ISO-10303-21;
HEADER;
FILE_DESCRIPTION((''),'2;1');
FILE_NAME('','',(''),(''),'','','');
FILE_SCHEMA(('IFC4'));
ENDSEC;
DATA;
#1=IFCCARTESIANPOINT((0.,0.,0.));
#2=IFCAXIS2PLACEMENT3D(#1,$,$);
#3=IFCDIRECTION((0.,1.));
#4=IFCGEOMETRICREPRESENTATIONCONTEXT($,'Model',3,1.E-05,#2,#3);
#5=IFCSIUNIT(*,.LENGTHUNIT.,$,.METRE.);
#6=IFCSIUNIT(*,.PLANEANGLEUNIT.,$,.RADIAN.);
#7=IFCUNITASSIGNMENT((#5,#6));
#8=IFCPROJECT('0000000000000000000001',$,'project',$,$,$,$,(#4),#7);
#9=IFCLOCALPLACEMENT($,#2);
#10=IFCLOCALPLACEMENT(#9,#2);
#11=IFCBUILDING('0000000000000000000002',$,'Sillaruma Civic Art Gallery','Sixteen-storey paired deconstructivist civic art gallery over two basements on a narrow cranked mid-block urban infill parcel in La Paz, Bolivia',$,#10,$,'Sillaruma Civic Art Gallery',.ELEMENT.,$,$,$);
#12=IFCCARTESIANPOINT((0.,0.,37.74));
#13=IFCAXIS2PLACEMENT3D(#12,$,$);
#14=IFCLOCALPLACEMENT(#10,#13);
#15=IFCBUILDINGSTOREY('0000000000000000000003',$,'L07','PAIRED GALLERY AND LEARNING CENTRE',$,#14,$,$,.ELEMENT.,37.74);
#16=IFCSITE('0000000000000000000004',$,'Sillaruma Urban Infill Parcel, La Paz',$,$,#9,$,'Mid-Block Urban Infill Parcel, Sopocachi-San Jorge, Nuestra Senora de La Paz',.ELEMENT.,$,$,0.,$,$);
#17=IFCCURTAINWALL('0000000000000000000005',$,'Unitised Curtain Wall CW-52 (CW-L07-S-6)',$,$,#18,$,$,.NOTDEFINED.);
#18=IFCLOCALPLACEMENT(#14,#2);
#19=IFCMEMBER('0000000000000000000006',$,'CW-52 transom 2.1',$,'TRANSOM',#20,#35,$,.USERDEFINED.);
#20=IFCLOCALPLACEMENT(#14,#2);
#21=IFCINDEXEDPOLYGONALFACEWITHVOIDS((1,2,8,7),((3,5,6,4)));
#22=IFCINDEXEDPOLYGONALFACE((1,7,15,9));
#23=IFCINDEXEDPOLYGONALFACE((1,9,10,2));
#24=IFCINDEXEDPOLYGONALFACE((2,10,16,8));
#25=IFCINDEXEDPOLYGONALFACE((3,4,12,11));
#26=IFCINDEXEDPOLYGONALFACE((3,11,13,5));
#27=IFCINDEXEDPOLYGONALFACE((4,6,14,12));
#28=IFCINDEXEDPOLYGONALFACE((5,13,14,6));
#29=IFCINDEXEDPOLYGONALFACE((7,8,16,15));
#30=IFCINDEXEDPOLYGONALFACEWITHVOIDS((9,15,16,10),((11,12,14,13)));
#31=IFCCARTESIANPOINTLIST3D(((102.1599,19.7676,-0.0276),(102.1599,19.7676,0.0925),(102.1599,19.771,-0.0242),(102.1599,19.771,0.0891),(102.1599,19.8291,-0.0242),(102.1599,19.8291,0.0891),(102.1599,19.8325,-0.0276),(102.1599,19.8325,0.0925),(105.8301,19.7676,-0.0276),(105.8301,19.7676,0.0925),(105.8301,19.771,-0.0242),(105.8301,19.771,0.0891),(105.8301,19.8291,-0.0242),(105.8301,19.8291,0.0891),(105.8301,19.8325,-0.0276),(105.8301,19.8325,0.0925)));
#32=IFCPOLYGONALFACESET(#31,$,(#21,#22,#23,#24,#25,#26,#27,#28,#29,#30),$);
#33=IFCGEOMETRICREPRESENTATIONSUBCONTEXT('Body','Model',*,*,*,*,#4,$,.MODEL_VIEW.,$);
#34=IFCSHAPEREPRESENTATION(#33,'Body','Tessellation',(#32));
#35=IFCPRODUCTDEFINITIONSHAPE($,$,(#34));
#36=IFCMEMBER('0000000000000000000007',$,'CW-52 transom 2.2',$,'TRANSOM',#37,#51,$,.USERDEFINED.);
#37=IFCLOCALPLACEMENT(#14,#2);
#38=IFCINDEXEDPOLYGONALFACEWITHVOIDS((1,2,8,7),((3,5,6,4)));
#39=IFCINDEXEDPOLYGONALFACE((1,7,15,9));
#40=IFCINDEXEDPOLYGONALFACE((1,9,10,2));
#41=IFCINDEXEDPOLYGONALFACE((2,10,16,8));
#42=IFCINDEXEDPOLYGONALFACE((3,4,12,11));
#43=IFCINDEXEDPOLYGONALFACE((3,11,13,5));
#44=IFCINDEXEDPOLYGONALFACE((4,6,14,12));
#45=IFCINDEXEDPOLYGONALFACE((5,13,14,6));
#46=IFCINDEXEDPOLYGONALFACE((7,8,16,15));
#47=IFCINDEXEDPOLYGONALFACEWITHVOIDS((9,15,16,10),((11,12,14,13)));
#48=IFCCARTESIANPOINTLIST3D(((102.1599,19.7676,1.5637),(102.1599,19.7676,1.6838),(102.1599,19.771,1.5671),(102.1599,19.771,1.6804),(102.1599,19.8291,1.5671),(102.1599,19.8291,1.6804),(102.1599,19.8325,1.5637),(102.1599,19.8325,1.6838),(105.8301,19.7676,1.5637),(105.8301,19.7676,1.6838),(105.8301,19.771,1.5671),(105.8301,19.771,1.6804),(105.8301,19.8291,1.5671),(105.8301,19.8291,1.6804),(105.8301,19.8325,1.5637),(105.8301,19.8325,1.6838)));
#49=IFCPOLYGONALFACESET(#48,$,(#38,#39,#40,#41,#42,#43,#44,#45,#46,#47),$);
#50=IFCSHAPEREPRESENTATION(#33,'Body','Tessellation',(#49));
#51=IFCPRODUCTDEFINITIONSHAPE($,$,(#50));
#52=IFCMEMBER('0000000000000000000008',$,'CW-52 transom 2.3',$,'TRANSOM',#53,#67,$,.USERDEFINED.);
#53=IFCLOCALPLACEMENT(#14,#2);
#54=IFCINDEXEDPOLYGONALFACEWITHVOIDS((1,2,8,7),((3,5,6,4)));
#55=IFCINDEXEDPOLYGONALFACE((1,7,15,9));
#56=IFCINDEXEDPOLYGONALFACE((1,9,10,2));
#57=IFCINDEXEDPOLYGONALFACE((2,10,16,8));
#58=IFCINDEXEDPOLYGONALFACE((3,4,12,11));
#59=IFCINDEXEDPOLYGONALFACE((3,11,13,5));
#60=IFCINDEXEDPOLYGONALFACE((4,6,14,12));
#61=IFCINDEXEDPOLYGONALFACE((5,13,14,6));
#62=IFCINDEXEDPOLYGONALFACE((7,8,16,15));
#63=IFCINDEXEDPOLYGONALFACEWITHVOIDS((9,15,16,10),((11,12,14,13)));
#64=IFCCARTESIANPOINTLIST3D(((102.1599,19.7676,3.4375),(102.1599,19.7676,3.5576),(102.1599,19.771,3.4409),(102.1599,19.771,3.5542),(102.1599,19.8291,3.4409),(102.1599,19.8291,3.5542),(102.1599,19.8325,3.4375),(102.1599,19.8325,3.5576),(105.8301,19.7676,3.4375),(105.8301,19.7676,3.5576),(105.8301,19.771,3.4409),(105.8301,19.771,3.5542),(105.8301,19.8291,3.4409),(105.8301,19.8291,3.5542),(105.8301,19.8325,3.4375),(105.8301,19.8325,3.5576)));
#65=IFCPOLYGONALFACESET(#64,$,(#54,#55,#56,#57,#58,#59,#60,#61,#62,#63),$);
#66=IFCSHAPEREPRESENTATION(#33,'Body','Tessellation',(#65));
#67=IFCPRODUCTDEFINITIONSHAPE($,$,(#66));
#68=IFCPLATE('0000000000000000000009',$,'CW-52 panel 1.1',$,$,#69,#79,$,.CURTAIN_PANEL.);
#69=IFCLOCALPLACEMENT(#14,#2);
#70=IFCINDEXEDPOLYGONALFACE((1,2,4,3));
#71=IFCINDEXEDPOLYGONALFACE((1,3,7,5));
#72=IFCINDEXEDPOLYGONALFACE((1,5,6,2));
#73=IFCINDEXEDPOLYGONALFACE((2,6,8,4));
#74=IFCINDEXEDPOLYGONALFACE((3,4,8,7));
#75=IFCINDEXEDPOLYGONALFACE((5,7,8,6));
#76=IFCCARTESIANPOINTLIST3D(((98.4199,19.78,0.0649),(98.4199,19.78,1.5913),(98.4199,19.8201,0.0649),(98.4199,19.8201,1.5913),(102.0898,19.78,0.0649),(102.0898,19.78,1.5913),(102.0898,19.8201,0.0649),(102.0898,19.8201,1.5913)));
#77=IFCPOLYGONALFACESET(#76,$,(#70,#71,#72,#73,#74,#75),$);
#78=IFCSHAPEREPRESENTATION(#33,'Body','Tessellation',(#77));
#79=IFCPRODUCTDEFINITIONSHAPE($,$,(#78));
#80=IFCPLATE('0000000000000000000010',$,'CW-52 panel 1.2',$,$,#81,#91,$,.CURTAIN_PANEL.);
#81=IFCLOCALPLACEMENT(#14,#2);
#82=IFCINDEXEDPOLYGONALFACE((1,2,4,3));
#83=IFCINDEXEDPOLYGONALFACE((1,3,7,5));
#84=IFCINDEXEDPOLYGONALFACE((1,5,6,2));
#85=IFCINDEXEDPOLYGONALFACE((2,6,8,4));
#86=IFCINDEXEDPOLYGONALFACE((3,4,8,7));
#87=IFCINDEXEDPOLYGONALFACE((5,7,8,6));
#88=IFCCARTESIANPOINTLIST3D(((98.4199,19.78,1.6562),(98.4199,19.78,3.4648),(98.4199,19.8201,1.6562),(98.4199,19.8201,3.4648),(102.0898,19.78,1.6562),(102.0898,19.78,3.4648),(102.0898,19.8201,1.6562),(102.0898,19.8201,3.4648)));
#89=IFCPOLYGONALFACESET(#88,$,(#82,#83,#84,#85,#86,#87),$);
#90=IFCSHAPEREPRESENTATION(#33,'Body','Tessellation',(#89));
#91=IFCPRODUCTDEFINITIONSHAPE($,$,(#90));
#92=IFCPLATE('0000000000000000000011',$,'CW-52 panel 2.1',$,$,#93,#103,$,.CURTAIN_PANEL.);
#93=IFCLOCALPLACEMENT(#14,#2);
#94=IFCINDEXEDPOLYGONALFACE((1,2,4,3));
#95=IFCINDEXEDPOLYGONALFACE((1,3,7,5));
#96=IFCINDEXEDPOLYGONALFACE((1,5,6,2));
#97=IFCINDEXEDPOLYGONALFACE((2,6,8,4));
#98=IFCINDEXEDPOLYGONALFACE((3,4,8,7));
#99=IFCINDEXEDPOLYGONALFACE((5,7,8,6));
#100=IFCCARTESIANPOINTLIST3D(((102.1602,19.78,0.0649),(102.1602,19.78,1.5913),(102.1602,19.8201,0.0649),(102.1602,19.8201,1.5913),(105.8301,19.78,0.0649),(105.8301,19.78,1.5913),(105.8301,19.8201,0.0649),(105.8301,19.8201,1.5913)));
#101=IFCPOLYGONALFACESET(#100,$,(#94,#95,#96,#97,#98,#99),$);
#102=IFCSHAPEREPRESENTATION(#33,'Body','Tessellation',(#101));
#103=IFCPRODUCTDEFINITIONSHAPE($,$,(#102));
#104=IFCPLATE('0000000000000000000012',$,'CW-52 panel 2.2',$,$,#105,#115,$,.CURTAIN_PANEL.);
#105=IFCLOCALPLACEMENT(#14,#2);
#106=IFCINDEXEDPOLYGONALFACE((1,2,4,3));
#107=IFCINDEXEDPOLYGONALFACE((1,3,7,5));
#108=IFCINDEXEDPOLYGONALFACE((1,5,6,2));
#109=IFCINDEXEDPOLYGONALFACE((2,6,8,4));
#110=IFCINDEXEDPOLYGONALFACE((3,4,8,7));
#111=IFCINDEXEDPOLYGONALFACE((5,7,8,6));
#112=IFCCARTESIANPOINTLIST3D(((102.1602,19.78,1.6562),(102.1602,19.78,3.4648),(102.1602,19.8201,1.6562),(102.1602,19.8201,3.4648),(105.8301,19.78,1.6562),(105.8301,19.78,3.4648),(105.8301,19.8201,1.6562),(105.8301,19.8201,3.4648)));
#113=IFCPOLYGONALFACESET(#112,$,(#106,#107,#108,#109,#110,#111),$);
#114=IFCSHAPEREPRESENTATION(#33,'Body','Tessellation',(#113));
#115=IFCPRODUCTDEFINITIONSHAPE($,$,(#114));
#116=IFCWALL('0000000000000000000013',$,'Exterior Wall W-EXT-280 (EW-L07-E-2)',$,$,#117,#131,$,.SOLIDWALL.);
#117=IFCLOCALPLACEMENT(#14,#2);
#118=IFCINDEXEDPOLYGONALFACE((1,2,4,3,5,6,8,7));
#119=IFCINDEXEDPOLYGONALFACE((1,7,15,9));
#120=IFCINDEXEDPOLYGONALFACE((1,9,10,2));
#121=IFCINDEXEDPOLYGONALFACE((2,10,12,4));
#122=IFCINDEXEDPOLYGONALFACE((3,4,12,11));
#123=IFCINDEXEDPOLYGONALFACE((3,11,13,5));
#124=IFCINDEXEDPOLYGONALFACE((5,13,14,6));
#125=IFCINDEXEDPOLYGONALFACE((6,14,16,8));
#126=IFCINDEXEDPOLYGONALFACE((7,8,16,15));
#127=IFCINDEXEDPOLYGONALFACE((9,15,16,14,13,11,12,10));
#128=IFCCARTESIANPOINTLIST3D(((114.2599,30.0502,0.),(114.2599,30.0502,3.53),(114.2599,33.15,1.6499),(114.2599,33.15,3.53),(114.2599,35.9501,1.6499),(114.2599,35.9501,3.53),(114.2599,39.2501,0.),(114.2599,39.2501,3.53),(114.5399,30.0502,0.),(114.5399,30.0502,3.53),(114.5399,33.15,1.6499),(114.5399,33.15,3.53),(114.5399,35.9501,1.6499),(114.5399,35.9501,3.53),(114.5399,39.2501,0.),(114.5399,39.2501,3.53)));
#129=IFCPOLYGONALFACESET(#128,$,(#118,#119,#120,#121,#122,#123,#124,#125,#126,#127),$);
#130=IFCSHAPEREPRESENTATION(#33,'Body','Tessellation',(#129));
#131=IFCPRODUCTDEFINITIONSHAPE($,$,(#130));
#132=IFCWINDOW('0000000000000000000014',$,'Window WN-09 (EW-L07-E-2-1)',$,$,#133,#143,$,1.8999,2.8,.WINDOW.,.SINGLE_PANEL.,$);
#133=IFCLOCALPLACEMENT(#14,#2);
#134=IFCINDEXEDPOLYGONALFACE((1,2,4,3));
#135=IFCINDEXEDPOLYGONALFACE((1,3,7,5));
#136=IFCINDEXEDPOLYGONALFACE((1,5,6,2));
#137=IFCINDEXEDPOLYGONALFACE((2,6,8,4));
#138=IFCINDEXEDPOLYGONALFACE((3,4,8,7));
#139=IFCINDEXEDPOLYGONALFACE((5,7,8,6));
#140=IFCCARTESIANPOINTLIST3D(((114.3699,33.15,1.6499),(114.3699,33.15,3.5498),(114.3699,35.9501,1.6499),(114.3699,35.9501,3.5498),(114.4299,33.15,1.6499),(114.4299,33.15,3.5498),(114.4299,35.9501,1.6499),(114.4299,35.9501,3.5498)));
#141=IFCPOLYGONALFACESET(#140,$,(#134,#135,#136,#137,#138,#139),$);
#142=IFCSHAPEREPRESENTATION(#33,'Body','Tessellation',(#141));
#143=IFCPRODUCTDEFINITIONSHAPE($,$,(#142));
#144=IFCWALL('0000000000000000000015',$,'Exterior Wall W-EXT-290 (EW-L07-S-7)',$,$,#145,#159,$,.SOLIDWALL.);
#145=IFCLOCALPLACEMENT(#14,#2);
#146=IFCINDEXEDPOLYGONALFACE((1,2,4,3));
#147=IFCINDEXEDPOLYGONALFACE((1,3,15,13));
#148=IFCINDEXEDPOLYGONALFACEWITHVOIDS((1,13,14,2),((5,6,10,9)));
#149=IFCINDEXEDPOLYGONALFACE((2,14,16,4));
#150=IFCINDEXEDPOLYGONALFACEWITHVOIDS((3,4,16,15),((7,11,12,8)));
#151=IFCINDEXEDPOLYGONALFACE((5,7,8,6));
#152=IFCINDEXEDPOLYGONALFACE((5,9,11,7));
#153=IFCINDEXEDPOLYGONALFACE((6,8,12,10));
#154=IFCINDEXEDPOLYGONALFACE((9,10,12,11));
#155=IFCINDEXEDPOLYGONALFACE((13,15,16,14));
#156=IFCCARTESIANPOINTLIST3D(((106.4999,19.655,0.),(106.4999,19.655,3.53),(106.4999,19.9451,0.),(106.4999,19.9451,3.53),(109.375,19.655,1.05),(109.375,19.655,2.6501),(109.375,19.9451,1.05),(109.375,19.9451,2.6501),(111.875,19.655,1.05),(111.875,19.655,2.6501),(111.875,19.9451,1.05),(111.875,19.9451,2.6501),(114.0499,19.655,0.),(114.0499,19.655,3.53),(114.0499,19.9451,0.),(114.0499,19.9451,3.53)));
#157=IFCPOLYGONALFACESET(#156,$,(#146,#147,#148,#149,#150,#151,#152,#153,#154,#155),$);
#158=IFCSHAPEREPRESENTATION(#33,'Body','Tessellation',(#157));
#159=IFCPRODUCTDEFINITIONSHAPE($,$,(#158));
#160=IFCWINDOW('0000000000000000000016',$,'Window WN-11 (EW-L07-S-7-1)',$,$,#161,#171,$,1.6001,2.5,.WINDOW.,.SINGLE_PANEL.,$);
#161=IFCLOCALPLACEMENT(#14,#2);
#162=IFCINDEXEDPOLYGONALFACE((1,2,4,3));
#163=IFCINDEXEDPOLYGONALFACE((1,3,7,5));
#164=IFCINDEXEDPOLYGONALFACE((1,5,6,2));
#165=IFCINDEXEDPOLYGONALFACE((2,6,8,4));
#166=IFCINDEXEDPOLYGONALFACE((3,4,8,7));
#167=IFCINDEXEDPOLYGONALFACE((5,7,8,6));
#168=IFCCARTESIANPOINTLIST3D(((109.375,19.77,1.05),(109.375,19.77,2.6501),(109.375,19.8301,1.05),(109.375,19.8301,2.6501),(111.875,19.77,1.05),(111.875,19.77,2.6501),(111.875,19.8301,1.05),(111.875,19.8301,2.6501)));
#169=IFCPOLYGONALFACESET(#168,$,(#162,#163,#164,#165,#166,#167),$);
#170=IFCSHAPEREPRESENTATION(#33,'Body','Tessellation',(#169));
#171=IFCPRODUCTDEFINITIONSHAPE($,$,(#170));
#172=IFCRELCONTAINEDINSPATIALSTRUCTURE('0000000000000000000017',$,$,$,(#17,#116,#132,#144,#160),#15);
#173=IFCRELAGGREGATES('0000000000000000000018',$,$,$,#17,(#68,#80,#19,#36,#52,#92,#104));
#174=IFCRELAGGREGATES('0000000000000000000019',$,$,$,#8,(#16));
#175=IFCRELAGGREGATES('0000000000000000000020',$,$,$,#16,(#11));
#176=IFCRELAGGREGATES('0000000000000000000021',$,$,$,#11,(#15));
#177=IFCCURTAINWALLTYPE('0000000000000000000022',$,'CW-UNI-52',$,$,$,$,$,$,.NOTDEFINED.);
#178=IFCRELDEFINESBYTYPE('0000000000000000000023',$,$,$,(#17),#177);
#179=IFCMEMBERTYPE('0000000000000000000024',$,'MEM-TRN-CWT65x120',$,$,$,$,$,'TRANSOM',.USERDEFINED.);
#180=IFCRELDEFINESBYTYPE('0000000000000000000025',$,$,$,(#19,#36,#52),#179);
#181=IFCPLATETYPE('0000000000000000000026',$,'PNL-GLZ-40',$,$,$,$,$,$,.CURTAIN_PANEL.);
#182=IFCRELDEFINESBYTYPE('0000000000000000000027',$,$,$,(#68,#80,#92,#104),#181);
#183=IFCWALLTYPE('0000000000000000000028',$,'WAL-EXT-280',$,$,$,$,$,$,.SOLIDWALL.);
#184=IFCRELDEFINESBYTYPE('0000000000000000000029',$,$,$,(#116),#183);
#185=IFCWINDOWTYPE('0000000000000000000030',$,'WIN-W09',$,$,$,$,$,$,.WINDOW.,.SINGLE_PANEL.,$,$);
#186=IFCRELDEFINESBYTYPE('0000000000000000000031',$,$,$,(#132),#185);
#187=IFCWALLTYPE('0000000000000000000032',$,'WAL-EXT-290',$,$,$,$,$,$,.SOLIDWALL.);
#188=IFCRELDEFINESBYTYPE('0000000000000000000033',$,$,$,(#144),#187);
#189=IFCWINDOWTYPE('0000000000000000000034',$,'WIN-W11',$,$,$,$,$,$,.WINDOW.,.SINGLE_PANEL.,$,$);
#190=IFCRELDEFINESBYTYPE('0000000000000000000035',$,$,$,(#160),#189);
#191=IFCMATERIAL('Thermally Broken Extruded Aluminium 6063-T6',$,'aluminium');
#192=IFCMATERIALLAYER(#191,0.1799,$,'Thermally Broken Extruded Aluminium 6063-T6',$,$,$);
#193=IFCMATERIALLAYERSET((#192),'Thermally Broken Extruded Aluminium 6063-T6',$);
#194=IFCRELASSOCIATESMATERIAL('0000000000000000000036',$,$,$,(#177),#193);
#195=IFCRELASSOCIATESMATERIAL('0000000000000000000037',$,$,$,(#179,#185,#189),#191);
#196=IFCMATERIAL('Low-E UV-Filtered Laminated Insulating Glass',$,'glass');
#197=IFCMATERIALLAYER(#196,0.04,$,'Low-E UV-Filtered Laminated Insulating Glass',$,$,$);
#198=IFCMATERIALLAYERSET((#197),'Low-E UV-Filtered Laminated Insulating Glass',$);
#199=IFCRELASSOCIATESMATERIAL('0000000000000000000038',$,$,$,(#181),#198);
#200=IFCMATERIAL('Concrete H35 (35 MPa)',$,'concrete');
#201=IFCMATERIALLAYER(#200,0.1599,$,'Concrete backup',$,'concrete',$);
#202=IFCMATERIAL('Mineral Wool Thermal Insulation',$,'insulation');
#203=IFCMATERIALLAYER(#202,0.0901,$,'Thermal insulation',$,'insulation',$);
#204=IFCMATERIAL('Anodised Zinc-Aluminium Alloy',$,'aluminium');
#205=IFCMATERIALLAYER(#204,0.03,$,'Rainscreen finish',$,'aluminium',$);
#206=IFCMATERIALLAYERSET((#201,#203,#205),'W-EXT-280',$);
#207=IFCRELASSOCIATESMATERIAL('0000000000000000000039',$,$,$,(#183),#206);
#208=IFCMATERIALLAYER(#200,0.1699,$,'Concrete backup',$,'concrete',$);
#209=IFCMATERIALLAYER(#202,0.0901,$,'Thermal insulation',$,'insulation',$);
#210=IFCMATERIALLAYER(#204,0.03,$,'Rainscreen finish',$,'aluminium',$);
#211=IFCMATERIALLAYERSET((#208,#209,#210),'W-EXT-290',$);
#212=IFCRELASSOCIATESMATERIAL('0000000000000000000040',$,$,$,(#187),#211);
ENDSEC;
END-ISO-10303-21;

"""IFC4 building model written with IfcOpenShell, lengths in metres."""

from ifc_helpers import new_model, si_unit, direction, frame, frame_2d, origin, origin_2d, place, context, subcontext, project, spatial, rectangle, hollow_rectangle, extrude, material, layer, layer_set, material_profile, profile_set, type_object, element, fill, aggregate, save


model = new_model("IFC4")

# Units and contexts
model_context = context("Model", 3, precision=1e-05, world=origin(), true_north=direction((0.0, 1.0)))
body_context = subcontext(model_context, "Body", "Model", "MODEL_VIEW")
ifc_project = project(units=[si_unit("LENGTHUNIT", "METRE"), si_unit("PLANEANGLEUNIT", "RADIAN")], contexts=[model_context])

# Site, building, storey
site_placement = place(None, origin())
site = spatial("IfcSite", under=ifc_project, at=site_placement, Name="Sillaruma Urban Infill Parcel, La Paz", LongName="Mid-Block Urban Infill Parcel, Sopocachi-San Jorge, Nuestra Senora de La Paz", CompositionType="ELEMENT", RefElevation=0.0)
building_placement = place(site_placement, origin())
building = spatial("IfcBuilding", under=site, at=building_placement, Name="Sillaruma Civic Art Gallery", Description="Sixteen-storey paired deconstructivist civic art gallery over two basements on a narrow cranked mid-block urban infill parcel in La Paz, Bolivia", LongName="Sillaruma Civic Art Gallery", CompositionType="ELEMENT")
storey_placement = place(building_placement, frame((0.0, 0.0, 37.74)))
storey = spatial("IfcBuildingStorey", under=building, at=storey_placement, Name="L07", Description="PAIRED GALLERY AND LEARNING CENTRE", CompositionType="ELEMENT", Elevation=37.74)

# Shared definitions
ifc_material_1 = material(Name="Concrete H35 (35 MPa)", Category="concrete")

# Shared definitions
ifc_material_2 = material(Name="Thermally Broken Extruded Aluminium 6063-T6", Category="aluminium")

# Curtain wall
ifc_layer_1 = layer(ifc_material_2, 0.1799, Name="Thermally Broken Extruded Aluminium 6063-T6")
ifc_layer_set_1 = layer_set([ifc_layer_1], Name="Thermally Broken Extruded Aluminium 6063-T6")
curtain_wall_type_1 = type_object("IfcCurtainWallType", Name="CW-UNI-52", PredefinedType="NOTDEFINED", material=ifc_layer_set_1)
curtain_wall_1_placement = place(storey_placement, origin())
curtain_wall_1 = element("IfcCurtainWall", 1, at=curtain_wall_1_placement, inside=storey, type_object=curtain_wall_type_1, Name="Unitised Curtain Wall CW-52 (CW-L07-S-6)", PredefinedType="NOTDEFINED")

# Members
ifc_material_profile_1 = material_profile(ifc_material_2, hollow_rectangle(XDim=0.0649, YDim=0.1201, WallThickness=0.0034, at=origin_2d()), Name="CWT65x120")
ifc_profile_set_1 = profile_set([ifc_material_profile_1], Name="Thermally Broken Extruded Aluminium 6063-T6")
member_type_1 = type_object("IfcMemberType", Name="MEM-TRN-CWT65x120", ElementType="TRANSOM", PredefinedType="USERDEFINED", material=ifc_profile_set_1)
member_1_placement = place(storey_placement, frame((102.1599, 19.8, 0.0325), z_axis=(1.0, 0.0, 0.0), x_axis=(0.0, 1.0, 0.0)))
member_1 = element("IfcMember", 2, at=member_1_placement, type_object=member_type_1, Name="CW-52 transom 2.1", ObjectType="TRANSOM", PredefinedType="USERDEFINED", context=body_context, shape_type="SweptSolid", body=[
    extrude(hollow_rectangle(XDim=0.0649, YDim=0.1201, WallThickness=0.0034, at=origin_2d()), origin(), (0.0, 0.0, 1.0), 3.6702),
])
member_2_placement = place(storey_placement, frame((102.1599, 19.8, 1.6238), z_axis=(1.0, 0.0, 0.0), x_axis=(0.0, 1.0, 0.0)))
member_2 = element("IfcMember", 3, at=member_2_placement, type_object=member_type_1, Name="CW-52 transom 2.2", ObjectType="TRANSOM", PredefinedType="USERDEFINED", context=body_context, shape_type="SweptSolid", body=[
    extrude(hollow_rectangle(XDim=0.0649, YDim=0.1201, WallThickness=0.0034, at=origin_2d()), origin(), (0.0, 0.0, 1.0), 3.6702),
])
member_3_placement = place(storey_placement, frame((102.1599, 19.8, 3.4976), z_axis=(1.0, 0.0, 0.0), x_axis=(0.0, 1.0, 0.0)))
member_3 = element("IfcMember", 4, at=member_3_placement, type_object=member_type_1, Name="CW-52 transom 2.3", ObjectType="TRANSOM", PredefinedType="USERDEFINED", context=body_context, shape_type="SweptSolid", body=[
    extrude(hollow_rectangle(XDim=0.0649, YDim=0.1201, WallThickness=0.0034, at=origin_2d()), origin(), (0.0, 0.0, 1.0), 3.6702),
])

# Plates
ifc_material_3 = material(Name="Low-E UV-Filtered Laminated Insulating Glass", Category="glass")
ifc_layer_2 = layer(ifc_material_3, 0.04, Name="Low-E UV-Filtered Laminated Insulating Glass")
ifc_layer_set_2 = layer_set([ifc_layer_2], Name="Low-E UV-Filtered Laminated Insulating Glass")
plate_type = type_object("IfcPlateType", Name="PNL-GLZ-40", PredefinedType="CURTAIN_PANEL", material=ifc_layer_set_2)
plate_1_placement = place(storey_placement, frame((100.2549, 19.8, 0.0649), z_axis=(0.0, 0.0, 1.0), x_axis=(1.0, 0.0, 0.0)))
plate_1 = element("IfcPlate", 5, at=plate_1_placement, type_object=plate_type, Name="CW-52 panel 1.1", PredefinedType="CURTAIN_PANEL", context=body_context, shape_type="SweptSolid", body=[
    extrude(rectangle(XDim=3.6699, YDim=0.04, at=origin_2d()), origin(), (0.0, 0.0, 1.0), 1.5264),
])
plate_2_placement = place(storey_placement, frame((100.2549, 19.8, 1.6562), z_axis=(0.0, 0.0, 1.0), x_axis=(1.0, 0.0, 0.0)))
plate_2 = element("IfcPlate", 6, at=plate_2_placement, type_object=plate_type, Name="CW-52 panel 1.2", PredefinedType="CURTAIN_PANEL", context=body_context, shape_type="SweptSolid", body=[
    extrude(rectangle(XDim=3.6699, YDim=0.04, at=origin_2d()), origin(), (0.0, 0.0, 1.0), 1.8086),
])
plate_3_placement = place(storey_placement, frame((103.9951, 19.8, 0.0649), z_axis=(0.0, 0.0, 1.0), x_axis=(1.0, 0.0, 0.0)))
plate_3 = element("IfcPlate", 7, at=plate_3_placement, type_object=plate_type, Name="CW-52 panel 2.1", PredefinedType="CURTAIN_PANEL", context=body_context, shape_type="SweptSolid", body=[
    extrude(rectangle(XDim=3.6699, YDim=0.04, at=origin_2d()), origin(), (0.0, 0.0, 1.0), 1.5264),
])
plate_4_placement = place(storey_placement, frame((103.9951, 19.8, 1.6562), z_axis=(0.0, 0.0, 1.0), x_axis=(1.0, 0.0, 0.0)))
plate_4 = element("IfcPlate", 8, at=plate_4_placement, type_object=plate_type, Name="CW-52 panel 2.2", PredefinedType="CURTAIN_PANEL", context=body_context, shape_type="SweptSolid", body=[
    extrude(rectangle(XDim=3.6699, YDim=0.04, at=origin_2d()), origin(), (0.0, 0.0, 1.0), 1.8086),
])
aggregate(curtain_wall_1, [plate_1, plate_2, member_1, member_2, member_3, plate_3, plate_4])

# Walls, openings, windows
ifc_layer_3 = layer(ifc_material_1, 0.1599, Name="Concrete backup", Category="concrete")
ifc_material_4 = material(Name="Mineral Wool Thermal Insulation", Category="insulation")
ifc_layer_4 = layer(ifc_material_4, 0.0901, Name="Thermal insulation", Category="insulation")
ifc_material_5 = material(Name="Anodised Zinc-Aluminium Alloy", Category="aluminium")
ifc_layer_5 = layer(ifc_material_5, 0.03, Name="Rainscreen finish", Category="aluminium")
ifc_layer_set_3 = layer_set([ifc_layer_3, ifc_layer_4, ifc_layer_5], Name="W-EXT-280")
wall_type_1 = type_object("IfcWallType", Name="WAL-EXT-280", PredefinedType="SOLIDWALL", material=ifc_layer_set_3)
wall_1_placement = place(storey_placement, frame((114.3999, 30.05, 0.0), z_axis=(0.0, 0.0, 1.0), x_axis=(0.0, 1.0, 0.0)))
wall_1 = element("IfcWall", 9, at=wall_1_placement, inside=storey, type_object=wall_type_1, Name="Exterior Wall W-EXT-280 (EW-L07-E-2)", PredefinedType="SOLIDWALL", context=body_context, shape_type="SweptSolid", body=[
    extrude(rectangle(XDim=9.2, YDim=0.28, at=frame_2d((4.6001, 0.0))), origin(), (0.0, 0.0, 1.0), 3.53),
])
opening_1_placement = place(wall_1_placement, frame((3.1001, 0.0, 1.6499)))
opening_1 = element("IfcOpeningElement", 10, at=opening_1_placement, cuts=wall_1, PredefinedType="OPENING", context=body_context, shape_type="SweptSolid", body=[
    extrude(rectangle(XDim=2.8, YDim=1.8999, at=frame_2d((1.3999, 0.95))), frame((0.0, 0.1499, 0.0), z_axis=(0.0, -1.0, 0.0), x_axis=(1.0, 0.0, 0.0)), (0.0, 0.0, 1.0), 0.3),
])
window_type_1 = type_object("IfcWindowType", Name="WIN-W09", PartitioningType="SINGLE_PANEL", PredefinedType="WINDOW", material=ifc_material_2)
window_1_placement = place(opening_1_placement, origin())
window_1 = element("IfcWindow", 11, at=window_1_placement, inside=storey, type_object=window_type_1, Name="Window WN-09 (EW-L07-E-2-1)", OverallHeight=1.8999, OverallWidth=2.8, PartitioningType="SINGLE_PANEL", PredefinedType="WINDOW", context=body_context, shape_type="SweptSolid", body=[
    extrude(rectangle(XDim=2.8, YDim=1.8999, at=frame_2d((1.3999, 0.95))), frame((0.0, 0.03, 0.0), z_axis=(0.0, -1.0, 0.0), x_axis=(1.0, 0.0, 0.0)), (0.0, 0.0, 1.0), 0.0601),
])
fill(opening_1, window_1)
ifc_layer_6 = layer(ifc_material_1, 0.1699, Name="Concrete backup", Category="concrete")
ifc_layer_7 = layer(ifc_material_4, 0.0901, Name="Thermal insulation", Category="insulation")
ifc_layer_8 = layer(ifc_material_5, 0.03, Name="Rainscreen finish", Category="aluminium")
ifc_layer_set_4 = layer_set([ifc_layer_6, ifc_layer_7, ifc_layer_8], Name="W-EXT-290")
wall_type_2 = type_object("IfcWallType", Name="WAL-EXT-290", PredefinedType="SOLIDWALL", material=ifc_layer_set_4)
wall_2_placement = place(storey_placement, frame((106.5, 19.8, 0.0), z_axis=(0.0, 0.0, 1.0), x_axis=(1.0, 0.0, 0.0)))
wall_2 = element("IfcWall", 12, at=wall_2_placement, inside=storey, type_object=wall_type_2, Name="Exterior Wall W-EXT-290 (EW-L07-S-7)", PredefinedType="SOLIDWALL", context=body_context, shape_type="SweptSolid", body=[
    extrude(rectangle(XDim=7.55, YDim=0.29, at=frame_2d((3.7749, 0.0))), origin(), (0.0, 0.0, 1.0), 3.53),
])
opening_2_placement = place(wall_2_placement, frame((2.875, 0.0, 1.05)))
opening_2 = element("IfcOpeningElement", 13, at=opening_2_placement, cuts=wall_2, PredefinedType="OPENING", context=body_context, shape_type="SweptSolid", body=[
    extrude(rectangle(XDim=2.5, YDim=1.6001, at=frame_2d((1.25, 0.8))), frame((0.0, 0.155, 0.0), z_axis=(0.0, -1.0, 0.0), x_axis=(1.0, 0.0, 0.0)), (0.0, 0.0, 1.0), 0.3101),
])
window_type_2 = type_object("IfcWindowType", Name="WIN-W11", PartitioningType="SINGLE_PANEL", PredefinedType="WINDOW", material=ifc_material_2)
window_2_placement = place(opening_2_placement, origin())
window_2 = element("IfcWindow", 14, at=window_2_placement, inside=storey, type_object=window_type_2, Name="Window WN-11 (EW-L07-S-7-1)", OverallHeight=1.6001, OverallWidth=2.5, PartitioningType="SINGLE_PANEL", PredefinedType="WINDOW", context=body_context, shape_type="SweptSolid", body=[
    extrude(rectangle(XDim=2.5, YDim=1.6001, at=frame_2d((1.25, 0.8))), frame((0.0, 0.03, 0.0), z_axis=(0.0, -1.0, 0.0), x_axis=(1.0, 0.0, 0.0)), (0.0, 0.0, 1.0), 0.0601),
])
fill(opening_2, window_2)

save(model, "model.ifc")
